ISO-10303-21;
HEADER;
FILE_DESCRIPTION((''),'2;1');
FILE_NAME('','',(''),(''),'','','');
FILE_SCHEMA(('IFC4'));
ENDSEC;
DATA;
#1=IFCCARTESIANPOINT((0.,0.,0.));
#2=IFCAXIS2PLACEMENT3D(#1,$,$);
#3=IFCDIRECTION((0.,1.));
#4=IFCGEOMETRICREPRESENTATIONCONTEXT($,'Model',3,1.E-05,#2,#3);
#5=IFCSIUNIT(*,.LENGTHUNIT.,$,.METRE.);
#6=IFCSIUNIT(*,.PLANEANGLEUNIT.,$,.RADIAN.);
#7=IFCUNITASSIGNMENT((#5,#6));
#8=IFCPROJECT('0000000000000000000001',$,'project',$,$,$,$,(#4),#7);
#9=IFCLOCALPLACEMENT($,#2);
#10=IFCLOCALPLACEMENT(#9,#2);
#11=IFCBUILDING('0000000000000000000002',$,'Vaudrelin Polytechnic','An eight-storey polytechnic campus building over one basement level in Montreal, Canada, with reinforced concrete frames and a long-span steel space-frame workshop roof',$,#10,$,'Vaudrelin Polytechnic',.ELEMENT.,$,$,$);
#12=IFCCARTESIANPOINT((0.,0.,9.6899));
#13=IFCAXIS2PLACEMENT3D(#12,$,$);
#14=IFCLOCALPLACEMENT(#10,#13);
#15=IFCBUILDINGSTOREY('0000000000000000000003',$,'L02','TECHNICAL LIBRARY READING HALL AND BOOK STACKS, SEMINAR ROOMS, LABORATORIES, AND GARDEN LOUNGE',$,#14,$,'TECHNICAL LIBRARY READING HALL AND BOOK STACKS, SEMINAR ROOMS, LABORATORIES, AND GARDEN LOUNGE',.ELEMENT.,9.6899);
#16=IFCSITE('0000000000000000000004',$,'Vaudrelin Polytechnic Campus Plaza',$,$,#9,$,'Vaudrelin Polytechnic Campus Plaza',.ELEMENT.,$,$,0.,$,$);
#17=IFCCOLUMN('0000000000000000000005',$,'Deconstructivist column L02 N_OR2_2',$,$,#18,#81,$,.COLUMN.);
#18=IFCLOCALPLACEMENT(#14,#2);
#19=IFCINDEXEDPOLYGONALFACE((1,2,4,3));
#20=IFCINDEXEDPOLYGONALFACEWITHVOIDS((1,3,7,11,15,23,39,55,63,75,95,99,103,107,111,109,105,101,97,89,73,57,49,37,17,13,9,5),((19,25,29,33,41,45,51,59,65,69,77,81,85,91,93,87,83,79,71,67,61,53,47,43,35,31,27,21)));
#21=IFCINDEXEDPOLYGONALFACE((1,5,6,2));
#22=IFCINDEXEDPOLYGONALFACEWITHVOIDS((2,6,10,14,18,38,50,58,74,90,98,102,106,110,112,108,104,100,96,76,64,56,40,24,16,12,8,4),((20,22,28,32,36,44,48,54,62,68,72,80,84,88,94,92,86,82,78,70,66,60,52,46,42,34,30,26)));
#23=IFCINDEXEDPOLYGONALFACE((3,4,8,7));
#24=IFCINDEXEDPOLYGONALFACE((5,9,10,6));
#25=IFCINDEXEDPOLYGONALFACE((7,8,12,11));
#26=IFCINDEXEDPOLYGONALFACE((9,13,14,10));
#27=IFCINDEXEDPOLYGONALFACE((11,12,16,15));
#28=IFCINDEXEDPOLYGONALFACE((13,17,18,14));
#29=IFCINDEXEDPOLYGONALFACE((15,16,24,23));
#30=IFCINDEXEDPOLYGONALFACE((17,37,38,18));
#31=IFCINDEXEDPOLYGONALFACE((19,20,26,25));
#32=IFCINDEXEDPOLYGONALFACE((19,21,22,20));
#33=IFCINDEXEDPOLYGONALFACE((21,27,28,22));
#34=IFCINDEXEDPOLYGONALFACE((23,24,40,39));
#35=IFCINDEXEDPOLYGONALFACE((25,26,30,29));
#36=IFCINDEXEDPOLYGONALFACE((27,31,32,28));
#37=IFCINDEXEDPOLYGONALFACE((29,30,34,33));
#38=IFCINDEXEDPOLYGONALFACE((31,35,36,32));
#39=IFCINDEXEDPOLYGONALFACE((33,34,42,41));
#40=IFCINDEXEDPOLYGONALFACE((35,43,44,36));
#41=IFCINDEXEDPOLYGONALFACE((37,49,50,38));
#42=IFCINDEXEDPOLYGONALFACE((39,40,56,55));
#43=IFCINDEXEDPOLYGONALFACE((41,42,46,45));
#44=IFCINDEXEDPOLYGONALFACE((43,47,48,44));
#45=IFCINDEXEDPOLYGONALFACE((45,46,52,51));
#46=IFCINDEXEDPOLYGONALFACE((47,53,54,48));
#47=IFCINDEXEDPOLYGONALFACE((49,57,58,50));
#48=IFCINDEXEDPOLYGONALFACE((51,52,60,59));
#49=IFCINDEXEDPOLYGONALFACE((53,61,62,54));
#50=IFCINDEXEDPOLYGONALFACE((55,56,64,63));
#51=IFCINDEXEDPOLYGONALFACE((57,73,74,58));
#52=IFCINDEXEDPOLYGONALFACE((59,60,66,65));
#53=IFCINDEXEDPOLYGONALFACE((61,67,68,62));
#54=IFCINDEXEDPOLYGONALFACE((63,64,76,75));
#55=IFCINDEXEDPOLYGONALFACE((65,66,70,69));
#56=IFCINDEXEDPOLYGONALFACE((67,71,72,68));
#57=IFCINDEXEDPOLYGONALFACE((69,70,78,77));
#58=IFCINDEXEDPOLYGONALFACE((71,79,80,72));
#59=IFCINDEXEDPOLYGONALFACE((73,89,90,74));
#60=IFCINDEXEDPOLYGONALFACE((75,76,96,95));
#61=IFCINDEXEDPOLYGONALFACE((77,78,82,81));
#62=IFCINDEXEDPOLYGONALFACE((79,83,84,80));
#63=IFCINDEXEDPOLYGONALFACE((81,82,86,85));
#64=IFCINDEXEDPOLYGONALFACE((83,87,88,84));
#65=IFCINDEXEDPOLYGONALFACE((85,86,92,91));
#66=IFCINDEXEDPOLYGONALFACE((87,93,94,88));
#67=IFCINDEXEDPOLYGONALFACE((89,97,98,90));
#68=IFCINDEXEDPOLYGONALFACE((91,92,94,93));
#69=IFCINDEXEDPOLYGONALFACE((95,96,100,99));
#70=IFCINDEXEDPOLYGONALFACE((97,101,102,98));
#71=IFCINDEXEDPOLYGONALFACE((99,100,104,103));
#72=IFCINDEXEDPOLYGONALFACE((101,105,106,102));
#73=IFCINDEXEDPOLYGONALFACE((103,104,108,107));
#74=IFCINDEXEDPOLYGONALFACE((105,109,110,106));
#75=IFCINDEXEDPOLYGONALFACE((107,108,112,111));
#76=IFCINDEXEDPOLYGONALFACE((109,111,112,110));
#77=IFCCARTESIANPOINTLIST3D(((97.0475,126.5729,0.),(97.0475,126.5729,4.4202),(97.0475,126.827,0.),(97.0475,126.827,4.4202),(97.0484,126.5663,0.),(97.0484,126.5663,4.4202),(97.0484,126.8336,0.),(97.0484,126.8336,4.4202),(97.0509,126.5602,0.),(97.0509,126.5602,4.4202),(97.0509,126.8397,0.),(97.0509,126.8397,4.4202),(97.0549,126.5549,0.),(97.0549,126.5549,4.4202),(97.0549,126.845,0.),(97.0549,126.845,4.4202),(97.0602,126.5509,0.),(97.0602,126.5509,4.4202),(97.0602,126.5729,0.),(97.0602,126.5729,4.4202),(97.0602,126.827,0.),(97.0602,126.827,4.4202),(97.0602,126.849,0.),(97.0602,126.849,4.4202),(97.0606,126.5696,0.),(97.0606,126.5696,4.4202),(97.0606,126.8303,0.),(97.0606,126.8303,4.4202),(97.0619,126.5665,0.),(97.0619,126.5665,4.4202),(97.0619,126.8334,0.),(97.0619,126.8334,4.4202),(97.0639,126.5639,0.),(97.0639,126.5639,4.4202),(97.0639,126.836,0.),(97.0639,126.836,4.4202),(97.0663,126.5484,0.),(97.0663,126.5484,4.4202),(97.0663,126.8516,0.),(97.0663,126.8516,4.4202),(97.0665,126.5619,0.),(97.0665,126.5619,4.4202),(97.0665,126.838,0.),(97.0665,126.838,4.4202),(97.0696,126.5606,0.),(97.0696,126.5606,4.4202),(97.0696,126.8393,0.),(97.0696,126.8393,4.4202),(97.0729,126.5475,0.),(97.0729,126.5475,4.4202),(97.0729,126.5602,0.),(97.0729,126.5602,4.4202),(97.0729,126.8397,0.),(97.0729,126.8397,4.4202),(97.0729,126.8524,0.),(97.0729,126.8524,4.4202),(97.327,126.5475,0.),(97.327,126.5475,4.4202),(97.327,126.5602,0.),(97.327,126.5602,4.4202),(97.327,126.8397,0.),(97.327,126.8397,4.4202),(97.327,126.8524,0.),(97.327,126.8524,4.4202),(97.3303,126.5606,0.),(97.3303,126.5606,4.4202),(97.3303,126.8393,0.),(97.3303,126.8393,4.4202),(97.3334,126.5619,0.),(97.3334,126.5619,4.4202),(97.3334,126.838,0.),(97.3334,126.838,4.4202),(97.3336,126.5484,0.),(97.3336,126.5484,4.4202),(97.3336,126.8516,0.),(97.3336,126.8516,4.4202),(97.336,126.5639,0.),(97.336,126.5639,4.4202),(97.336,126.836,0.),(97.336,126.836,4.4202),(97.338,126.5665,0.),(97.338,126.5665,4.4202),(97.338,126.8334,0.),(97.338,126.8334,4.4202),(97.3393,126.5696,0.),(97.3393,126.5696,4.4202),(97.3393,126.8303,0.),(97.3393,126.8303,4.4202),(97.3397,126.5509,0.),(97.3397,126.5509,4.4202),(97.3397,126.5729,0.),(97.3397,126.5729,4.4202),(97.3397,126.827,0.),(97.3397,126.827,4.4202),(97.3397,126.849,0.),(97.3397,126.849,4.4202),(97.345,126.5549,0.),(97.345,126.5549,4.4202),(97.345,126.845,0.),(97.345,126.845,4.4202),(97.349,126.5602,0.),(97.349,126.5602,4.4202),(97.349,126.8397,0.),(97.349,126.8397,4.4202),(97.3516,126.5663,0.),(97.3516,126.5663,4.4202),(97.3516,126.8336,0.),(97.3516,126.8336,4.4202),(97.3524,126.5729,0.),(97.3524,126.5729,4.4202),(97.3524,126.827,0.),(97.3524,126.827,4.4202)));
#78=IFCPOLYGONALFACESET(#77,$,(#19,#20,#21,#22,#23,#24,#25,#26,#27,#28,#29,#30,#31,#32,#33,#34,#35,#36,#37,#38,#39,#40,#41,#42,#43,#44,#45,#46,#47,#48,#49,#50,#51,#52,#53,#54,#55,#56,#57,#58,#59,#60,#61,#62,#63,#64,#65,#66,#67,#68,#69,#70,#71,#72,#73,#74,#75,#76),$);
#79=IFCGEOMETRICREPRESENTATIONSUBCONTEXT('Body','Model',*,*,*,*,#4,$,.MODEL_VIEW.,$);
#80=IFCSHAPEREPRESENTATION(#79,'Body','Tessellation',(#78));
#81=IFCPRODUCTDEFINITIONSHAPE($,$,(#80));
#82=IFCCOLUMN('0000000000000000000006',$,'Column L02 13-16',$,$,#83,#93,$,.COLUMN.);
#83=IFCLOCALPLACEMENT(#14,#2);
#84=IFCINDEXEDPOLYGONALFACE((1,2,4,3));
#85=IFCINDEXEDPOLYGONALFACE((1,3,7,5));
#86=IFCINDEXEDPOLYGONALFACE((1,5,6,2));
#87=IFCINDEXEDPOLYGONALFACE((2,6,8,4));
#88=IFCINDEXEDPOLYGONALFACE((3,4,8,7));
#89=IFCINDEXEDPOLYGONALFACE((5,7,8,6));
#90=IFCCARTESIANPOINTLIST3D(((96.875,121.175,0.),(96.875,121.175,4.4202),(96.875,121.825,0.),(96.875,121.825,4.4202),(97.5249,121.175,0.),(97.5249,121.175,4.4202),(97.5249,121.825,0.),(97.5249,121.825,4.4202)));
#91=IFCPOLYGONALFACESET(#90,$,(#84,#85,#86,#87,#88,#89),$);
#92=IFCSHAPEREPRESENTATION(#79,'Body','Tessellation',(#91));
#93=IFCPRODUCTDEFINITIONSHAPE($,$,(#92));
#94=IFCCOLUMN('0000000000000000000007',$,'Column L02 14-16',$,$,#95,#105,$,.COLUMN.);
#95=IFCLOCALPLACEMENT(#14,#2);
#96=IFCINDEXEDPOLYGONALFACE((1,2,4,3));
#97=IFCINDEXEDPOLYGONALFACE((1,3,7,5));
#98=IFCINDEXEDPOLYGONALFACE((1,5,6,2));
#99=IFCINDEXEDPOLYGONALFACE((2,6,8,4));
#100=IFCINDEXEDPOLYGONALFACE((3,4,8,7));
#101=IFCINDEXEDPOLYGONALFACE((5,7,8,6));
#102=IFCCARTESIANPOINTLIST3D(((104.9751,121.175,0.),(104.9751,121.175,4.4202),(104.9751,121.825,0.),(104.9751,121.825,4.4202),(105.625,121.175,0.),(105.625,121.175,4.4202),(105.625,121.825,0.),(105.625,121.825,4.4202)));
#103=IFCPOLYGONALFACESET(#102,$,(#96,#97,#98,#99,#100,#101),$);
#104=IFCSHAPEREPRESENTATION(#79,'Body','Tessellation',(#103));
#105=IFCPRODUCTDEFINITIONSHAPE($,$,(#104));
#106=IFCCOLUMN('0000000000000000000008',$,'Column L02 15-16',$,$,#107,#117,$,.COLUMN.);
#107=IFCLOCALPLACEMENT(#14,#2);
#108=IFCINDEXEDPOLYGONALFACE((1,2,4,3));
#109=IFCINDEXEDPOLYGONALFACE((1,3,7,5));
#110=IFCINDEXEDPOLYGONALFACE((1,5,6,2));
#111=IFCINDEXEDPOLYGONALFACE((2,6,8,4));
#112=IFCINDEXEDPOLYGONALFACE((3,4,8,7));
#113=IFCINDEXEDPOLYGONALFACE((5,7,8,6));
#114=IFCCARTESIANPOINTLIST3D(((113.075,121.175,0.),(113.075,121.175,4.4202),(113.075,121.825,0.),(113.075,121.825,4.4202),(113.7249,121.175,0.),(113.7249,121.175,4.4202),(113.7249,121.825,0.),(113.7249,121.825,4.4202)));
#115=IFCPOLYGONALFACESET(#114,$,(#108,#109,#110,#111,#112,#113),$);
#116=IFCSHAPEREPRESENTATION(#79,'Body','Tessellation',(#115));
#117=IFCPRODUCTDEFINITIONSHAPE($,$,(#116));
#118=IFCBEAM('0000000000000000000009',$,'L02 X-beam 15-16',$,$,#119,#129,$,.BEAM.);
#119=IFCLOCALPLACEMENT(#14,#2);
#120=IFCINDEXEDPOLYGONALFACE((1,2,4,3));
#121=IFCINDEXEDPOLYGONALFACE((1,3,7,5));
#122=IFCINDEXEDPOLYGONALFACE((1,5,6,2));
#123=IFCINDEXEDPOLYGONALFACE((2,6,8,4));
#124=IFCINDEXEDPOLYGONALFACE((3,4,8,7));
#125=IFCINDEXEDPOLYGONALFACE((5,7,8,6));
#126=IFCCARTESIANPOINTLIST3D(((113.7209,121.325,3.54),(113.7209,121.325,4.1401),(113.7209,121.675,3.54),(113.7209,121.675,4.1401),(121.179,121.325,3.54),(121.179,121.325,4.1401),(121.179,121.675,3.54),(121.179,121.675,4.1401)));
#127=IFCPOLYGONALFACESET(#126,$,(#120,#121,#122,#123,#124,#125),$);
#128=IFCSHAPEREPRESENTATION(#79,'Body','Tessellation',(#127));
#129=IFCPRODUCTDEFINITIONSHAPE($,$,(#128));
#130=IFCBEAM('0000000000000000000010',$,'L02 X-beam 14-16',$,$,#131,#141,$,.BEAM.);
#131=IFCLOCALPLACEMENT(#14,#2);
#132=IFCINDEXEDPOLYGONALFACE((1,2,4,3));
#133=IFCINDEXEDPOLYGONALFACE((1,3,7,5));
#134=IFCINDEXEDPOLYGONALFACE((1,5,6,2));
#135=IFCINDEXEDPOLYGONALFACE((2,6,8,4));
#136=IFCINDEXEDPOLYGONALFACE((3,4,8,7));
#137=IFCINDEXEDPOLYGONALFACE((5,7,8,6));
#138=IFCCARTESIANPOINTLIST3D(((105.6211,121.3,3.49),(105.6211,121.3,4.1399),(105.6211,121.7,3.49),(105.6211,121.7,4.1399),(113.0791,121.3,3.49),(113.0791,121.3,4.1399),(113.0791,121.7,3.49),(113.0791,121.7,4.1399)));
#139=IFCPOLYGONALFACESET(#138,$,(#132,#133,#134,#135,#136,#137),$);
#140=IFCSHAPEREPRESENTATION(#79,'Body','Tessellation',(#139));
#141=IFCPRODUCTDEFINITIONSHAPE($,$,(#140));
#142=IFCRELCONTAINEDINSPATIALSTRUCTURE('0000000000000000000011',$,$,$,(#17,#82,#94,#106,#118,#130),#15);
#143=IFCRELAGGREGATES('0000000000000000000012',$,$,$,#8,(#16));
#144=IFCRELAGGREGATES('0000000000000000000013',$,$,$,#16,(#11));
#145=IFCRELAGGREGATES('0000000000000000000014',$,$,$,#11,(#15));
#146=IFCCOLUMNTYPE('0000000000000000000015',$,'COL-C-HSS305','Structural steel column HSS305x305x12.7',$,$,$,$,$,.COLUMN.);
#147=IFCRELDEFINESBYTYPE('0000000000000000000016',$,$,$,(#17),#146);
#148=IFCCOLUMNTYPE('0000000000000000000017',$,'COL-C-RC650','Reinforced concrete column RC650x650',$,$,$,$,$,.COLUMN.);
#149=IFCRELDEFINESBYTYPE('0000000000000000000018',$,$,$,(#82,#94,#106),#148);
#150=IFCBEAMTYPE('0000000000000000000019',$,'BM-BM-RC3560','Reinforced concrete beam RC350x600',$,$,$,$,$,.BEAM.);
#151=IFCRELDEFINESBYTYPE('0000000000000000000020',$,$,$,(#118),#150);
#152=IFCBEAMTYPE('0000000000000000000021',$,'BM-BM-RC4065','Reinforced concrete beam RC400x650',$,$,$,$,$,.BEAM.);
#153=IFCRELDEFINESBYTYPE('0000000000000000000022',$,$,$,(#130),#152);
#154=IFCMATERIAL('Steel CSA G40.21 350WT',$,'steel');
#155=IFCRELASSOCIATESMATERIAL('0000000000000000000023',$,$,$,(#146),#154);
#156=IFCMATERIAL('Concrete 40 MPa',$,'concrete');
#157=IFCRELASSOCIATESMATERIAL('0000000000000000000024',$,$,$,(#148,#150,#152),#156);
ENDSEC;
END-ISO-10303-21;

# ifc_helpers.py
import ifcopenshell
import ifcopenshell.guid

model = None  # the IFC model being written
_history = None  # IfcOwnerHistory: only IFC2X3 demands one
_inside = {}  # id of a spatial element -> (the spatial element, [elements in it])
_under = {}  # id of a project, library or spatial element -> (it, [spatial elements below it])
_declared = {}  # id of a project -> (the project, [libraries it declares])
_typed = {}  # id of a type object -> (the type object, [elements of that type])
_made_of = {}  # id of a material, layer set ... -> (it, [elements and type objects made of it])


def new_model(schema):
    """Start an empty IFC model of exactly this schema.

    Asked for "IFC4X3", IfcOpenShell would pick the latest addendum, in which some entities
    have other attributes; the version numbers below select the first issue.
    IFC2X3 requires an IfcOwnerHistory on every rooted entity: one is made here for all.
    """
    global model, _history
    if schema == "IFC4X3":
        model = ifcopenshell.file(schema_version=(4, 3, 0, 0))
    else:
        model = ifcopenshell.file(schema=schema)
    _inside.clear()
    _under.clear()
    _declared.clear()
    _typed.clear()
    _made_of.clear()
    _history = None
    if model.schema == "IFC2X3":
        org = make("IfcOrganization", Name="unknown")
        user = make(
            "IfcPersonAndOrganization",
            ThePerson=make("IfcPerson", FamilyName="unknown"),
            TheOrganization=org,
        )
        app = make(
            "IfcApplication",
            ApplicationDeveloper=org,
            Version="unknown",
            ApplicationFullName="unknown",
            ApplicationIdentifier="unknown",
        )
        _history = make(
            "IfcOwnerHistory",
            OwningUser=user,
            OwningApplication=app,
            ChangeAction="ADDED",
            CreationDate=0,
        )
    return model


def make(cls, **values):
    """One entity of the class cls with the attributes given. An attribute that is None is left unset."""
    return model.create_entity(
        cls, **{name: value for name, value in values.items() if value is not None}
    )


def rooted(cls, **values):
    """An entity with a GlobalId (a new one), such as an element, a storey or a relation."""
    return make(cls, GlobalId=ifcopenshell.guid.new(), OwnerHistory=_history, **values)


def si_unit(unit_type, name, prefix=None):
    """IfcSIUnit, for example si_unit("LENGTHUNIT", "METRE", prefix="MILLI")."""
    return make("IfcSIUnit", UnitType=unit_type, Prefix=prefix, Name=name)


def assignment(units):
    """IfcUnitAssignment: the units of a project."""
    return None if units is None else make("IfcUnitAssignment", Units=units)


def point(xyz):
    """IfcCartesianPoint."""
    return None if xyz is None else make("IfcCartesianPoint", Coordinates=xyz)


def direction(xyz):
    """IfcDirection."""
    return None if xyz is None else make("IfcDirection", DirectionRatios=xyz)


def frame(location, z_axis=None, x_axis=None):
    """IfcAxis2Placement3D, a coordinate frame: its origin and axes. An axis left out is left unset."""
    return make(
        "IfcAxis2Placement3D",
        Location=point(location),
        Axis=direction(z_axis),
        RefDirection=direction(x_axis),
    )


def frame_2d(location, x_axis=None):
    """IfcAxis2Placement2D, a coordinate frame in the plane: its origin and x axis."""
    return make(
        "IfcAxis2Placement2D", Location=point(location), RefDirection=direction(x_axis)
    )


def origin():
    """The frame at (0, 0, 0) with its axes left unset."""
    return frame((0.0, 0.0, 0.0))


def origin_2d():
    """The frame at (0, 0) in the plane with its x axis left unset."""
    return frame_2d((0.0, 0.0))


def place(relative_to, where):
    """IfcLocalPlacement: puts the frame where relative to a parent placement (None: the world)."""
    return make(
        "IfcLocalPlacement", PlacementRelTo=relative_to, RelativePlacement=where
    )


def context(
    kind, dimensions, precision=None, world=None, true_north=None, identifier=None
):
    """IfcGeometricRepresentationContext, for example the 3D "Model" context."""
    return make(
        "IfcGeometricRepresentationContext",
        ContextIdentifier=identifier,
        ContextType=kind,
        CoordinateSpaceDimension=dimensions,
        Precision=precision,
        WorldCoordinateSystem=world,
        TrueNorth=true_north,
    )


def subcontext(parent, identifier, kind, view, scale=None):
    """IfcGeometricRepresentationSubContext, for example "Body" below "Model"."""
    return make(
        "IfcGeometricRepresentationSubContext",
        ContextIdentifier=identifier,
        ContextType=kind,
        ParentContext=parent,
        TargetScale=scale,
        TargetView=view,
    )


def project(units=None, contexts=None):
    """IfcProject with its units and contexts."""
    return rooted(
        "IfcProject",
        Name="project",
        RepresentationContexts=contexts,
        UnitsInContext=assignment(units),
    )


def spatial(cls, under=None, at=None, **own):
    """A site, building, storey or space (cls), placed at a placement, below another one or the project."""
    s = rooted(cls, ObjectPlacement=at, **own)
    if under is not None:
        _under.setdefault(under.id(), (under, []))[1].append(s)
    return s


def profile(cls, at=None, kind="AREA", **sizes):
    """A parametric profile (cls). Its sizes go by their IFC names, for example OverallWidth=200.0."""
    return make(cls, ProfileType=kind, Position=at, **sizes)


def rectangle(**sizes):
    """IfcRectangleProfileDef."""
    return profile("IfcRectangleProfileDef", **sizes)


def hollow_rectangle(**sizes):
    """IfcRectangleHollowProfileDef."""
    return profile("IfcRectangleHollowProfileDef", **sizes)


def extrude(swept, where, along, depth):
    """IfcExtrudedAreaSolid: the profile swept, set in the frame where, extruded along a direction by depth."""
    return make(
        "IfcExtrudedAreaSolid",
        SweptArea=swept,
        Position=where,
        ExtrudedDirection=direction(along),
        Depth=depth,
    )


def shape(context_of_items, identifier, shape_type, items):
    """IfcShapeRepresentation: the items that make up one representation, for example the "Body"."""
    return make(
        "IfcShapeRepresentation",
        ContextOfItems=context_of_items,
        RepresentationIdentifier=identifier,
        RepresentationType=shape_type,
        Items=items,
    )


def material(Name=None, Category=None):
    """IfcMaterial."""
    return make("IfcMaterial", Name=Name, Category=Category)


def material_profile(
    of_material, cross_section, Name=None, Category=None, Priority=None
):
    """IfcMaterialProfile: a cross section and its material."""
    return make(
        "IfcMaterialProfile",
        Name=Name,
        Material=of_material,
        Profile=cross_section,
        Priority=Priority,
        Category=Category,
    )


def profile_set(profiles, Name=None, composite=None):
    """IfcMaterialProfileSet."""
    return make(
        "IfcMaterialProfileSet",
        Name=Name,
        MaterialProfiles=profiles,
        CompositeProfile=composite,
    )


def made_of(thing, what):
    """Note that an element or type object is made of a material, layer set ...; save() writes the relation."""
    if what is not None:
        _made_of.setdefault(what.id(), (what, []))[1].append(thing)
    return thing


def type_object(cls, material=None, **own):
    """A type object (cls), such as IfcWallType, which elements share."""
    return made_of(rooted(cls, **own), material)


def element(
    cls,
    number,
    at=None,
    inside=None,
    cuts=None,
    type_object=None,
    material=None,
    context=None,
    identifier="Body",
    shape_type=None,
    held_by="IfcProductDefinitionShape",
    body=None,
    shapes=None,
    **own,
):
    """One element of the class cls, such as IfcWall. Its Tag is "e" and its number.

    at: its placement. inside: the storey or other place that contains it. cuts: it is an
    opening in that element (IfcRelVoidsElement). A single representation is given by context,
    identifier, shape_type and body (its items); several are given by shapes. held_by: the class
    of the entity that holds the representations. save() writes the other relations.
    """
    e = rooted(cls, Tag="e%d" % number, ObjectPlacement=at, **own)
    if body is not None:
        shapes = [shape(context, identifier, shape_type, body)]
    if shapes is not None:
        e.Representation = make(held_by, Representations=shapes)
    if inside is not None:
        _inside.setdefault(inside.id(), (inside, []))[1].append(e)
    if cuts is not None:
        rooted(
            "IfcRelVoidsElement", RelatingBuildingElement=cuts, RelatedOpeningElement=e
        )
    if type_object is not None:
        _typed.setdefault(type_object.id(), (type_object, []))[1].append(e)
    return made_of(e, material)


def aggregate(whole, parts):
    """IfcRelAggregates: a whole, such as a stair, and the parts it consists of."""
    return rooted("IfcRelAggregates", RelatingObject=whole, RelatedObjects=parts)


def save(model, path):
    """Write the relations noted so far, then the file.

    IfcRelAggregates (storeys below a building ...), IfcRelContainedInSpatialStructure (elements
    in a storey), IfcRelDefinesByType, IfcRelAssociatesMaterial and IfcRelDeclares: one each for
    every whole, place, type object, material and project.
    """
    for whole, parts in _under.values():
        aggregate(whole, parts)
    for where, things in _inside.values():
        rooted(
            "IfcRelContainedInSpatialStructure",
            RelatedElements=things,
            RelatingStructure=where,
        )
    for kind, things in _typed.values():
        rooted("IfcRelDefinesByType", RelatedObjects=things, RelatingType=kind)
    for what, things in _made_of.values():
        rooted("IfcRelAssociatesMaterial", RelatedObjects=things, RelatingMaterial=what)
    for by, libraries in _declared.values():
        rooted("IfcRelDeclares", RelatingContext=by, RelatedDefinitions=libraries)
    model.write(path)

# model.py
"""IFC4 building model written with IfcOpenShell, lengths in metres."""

from ifc_helpers import new_model, si_unit, direction, frame, origin, origin_2d, place, context, subcontext, project, spatial, rectangle, hollow_rectangle, extrude, material, material_profile, profile_set, type_object, element, save


model = new_model("IFC4")

# Units and contexts
model_context = context("Model", 3, precision=1e-05, world=origin(), true_north=direction((0.0, 1.0)))
body_context = subcontext(model_context, "Body", "Model", "MODEL_VIEW")
ifc_project = project(units=[si_unit("LENGTHUNIT", "METRE"), si_unit("PLANEANGLEUNIT", "RADIAN")], contexts=[model_context])

# Site, building, storey
site_placement = place(None, origin())
site = spatial("IfcSite", under=ifc_project, at=site_placement, Name="Vaudrelin Polytechnic Campus Plaza", LongName="Vaudrelin Polytechnic Campus Plaza", CompositionType="ELEMENT", RefElevation=0.0)
building_placement = place(site_placement, origin())
building = spatial("IfcBuilding", under=site, at=building_placement, Name="Vaudrelin Polytechnic", Description="An eight-storey polytechnic campus building over one basement level in Montreal, Canada, with reinforced concrete frames and a long-span steel space-frame workshop roof", LongName="Vaudrelin Polytechnic", CompositionType="ELEMENT")
storey_placement = place(building_placement, frame((0.0, 0.0, 9.6899)))
storey = spatial("IfcBuildingStorey", under=building, at=storey_placement, Name="L02", Description="TECHNICAL LIBRARY READING HALL AND BOOK STACKS, SEMINAR ROOMS, LABORATORIES, AND GARDEN LOUNGE", LongName="TECHNICAL LIBRARY READING HALL AND BOOK STACKS, SEMINAR ROOMS, LABORATORIES, AND GARDEN LOUNGE", CompositionType="ELEMENT", Elevation=9.6899)

# Columns
ifc_material_1 = material(Name="Steel CSA G40.21 350WT", Category="steel")
ifc_material_profile_1 = material_profile(ifc_material_1, hollow_rectangle(XDim=0.3049, YDim=0.3049, WallThickness=0.0127, InnerFilletRadius=0.0127, OuterFilletRadius=0.0254, at=origin_2d()), Name="HSS305x305x12.7")
ifc_profile_set_1 = profile_set([ifc_material_profile_1], Name="Steel CSA G40.21 350WT")
column_type_1 = type_object("IfcColumnType", Name="COL-C-HSS305", Description="Structural steel column HSS305x305x12.7", PredefinedType="COLUMN", material=ifc_profile_set_1)
column_placement = place(storey_placement, frame((97.2, 126.7, 0.0), z_axis=(0.0, 0.0, 1.0), x_axis=(1.0, 0.0, 0.0)))
element("IfcColumn", 1, at=column_placement, inside=storey, type_object=column_type_1, Name="Deconstructivist column L02 N_OR2_2", PredefinedType="COLUMN", context=body_context, shape_type="SweptSolid", body=[
    extrude(hollow_rectangle(XDim=0.3049, YDim=0.3049, WallThickness=0.0127, InnerFilletRadius=0.0127, OuterFilletRadius=0.0254, at=origin_2d()), origin(), (0.0, 0.0, 1.0), 4.4202),
])
ifc_material_2 = material(Name="Concrete 40 MPa", Category="concrete")
ifc_material_profile_2 = material_profile(ifc_material_2, rectangle(XDim=0.6499, YDim=0.6499, at=origin_2d()), Name="RC650x650")
ifc_profile_set_2 = profile_set([ifc_material_profile_2], Name="Concrete 40 MPa")
column_type_2 = type_object("IfcColumnType", Name="COL-C-RC650", Description="Reinforced concrete column RC650x650", PredefinedType="COLUMN", material=ifc_profile_set_2)
for number, where, z_axis, x_axis, name in (
    (2, (97.2, 121.5, 0.0), (0.0, 0.0, 1.0), (1.0, 0.0, 0.0), "Column L02 13-16"),
    (3, (105.3, 121.5, 0.0), (0.0, 0.0, 1.0), (1.0, 0.0, 0.0), "Column L02 14-16"),
    (4, (113.3999, 121.5, 0.0), (0.0, 0.0, 1.0), (1.0, 0.0, 0.0), "Column L02 15-16"),
):
    element("IfcColumn", number, at=place(storey_placement, frame(where, z_axis=z_axis, x_axis=x_axis)), inside=storey, type_object=column_type_2, Name=name, PredefinedType="COLUMN", context=body_context, shape_type="SweptSolid", body=[
        extrude(rectangle(XDim=0.6499, YDim=0.6499, at=origin_2d()), origin(), (0.0, 0.0, 1.0), 4.4202),
    ])

# Beams
ifc_material_profile_3 = material_profile(ifc_material_2, rectangle(XDim=0.3501, YDim=0.6001, at=origin_2d()), Name="RC350x600")
ifc_profile_set_3 = profile_set([ifc_material_profile_3], Name="Concrete 40 MPa")
beam_type_1 = type_object("IfcBeamType", Name="BM-BM-RC3560", Description="Reinforced concrete beam RC350x600", PredefinedType="BEAM", material=ifc_profile_set_3)
beam_1_placement = place(storey_placement, frame((113.7209, 121.5, 3.8401), z_axis=(1.0, 0.0, 0.0), x_axis=(0.0, 1.0, 0.0)))
element("IfcBeam", 5, at=beam_1_placement, inside=storey, type_object=beam_type_1, Name="L02 X-beam 15-16", PredefinedType="BEAM", context=body_context, shape_type="SweptSolid", body=[
    extrude(rectangle(XDim=0.3501, YDim=0.6001, at=origin_2d()), origin(), (0.0, 0.0, 1.0), 7.458),
])
ifc_material_profile_4 = material_profile(ifc_material_2, rectangle(XDim=0.3999, YDim=0.6499, at=origin_2d()), Name="RC400x650")
ifc_profile_set_4 = profile_set([ifc_material_profile_4], Name="Concrete 40 MPa")
beam_type_2 = type_object("IfcBeamType", Name="BM-BM-RC4065", Description="Reinforced concrete beam RC400x650", PredefinedType="BEAM", material=ifc_profile_set_4)
beam_2_placement = place(storey_placement, frame((105.6211, 121.5, 3.8149), z_axis=(1.0, 0.0, 0.0), x_axis=(0.0, 1.0, 0.0)))
element("IfcBeam", 6, at=beam_2_placement, inside=storey, type_object=beam_type_2, Name="L02 X-beam 14-16", PredefinedType="BEAM", context=body_context, shape_type="SweptSolid", body=[
    extrude(rectangle(XDim=0.3999, YDim=0.6499, at=origin_2d()), origin(), (0.0, 0.0, 1.0), 7.458),
])

save(model, "model.ifc")
